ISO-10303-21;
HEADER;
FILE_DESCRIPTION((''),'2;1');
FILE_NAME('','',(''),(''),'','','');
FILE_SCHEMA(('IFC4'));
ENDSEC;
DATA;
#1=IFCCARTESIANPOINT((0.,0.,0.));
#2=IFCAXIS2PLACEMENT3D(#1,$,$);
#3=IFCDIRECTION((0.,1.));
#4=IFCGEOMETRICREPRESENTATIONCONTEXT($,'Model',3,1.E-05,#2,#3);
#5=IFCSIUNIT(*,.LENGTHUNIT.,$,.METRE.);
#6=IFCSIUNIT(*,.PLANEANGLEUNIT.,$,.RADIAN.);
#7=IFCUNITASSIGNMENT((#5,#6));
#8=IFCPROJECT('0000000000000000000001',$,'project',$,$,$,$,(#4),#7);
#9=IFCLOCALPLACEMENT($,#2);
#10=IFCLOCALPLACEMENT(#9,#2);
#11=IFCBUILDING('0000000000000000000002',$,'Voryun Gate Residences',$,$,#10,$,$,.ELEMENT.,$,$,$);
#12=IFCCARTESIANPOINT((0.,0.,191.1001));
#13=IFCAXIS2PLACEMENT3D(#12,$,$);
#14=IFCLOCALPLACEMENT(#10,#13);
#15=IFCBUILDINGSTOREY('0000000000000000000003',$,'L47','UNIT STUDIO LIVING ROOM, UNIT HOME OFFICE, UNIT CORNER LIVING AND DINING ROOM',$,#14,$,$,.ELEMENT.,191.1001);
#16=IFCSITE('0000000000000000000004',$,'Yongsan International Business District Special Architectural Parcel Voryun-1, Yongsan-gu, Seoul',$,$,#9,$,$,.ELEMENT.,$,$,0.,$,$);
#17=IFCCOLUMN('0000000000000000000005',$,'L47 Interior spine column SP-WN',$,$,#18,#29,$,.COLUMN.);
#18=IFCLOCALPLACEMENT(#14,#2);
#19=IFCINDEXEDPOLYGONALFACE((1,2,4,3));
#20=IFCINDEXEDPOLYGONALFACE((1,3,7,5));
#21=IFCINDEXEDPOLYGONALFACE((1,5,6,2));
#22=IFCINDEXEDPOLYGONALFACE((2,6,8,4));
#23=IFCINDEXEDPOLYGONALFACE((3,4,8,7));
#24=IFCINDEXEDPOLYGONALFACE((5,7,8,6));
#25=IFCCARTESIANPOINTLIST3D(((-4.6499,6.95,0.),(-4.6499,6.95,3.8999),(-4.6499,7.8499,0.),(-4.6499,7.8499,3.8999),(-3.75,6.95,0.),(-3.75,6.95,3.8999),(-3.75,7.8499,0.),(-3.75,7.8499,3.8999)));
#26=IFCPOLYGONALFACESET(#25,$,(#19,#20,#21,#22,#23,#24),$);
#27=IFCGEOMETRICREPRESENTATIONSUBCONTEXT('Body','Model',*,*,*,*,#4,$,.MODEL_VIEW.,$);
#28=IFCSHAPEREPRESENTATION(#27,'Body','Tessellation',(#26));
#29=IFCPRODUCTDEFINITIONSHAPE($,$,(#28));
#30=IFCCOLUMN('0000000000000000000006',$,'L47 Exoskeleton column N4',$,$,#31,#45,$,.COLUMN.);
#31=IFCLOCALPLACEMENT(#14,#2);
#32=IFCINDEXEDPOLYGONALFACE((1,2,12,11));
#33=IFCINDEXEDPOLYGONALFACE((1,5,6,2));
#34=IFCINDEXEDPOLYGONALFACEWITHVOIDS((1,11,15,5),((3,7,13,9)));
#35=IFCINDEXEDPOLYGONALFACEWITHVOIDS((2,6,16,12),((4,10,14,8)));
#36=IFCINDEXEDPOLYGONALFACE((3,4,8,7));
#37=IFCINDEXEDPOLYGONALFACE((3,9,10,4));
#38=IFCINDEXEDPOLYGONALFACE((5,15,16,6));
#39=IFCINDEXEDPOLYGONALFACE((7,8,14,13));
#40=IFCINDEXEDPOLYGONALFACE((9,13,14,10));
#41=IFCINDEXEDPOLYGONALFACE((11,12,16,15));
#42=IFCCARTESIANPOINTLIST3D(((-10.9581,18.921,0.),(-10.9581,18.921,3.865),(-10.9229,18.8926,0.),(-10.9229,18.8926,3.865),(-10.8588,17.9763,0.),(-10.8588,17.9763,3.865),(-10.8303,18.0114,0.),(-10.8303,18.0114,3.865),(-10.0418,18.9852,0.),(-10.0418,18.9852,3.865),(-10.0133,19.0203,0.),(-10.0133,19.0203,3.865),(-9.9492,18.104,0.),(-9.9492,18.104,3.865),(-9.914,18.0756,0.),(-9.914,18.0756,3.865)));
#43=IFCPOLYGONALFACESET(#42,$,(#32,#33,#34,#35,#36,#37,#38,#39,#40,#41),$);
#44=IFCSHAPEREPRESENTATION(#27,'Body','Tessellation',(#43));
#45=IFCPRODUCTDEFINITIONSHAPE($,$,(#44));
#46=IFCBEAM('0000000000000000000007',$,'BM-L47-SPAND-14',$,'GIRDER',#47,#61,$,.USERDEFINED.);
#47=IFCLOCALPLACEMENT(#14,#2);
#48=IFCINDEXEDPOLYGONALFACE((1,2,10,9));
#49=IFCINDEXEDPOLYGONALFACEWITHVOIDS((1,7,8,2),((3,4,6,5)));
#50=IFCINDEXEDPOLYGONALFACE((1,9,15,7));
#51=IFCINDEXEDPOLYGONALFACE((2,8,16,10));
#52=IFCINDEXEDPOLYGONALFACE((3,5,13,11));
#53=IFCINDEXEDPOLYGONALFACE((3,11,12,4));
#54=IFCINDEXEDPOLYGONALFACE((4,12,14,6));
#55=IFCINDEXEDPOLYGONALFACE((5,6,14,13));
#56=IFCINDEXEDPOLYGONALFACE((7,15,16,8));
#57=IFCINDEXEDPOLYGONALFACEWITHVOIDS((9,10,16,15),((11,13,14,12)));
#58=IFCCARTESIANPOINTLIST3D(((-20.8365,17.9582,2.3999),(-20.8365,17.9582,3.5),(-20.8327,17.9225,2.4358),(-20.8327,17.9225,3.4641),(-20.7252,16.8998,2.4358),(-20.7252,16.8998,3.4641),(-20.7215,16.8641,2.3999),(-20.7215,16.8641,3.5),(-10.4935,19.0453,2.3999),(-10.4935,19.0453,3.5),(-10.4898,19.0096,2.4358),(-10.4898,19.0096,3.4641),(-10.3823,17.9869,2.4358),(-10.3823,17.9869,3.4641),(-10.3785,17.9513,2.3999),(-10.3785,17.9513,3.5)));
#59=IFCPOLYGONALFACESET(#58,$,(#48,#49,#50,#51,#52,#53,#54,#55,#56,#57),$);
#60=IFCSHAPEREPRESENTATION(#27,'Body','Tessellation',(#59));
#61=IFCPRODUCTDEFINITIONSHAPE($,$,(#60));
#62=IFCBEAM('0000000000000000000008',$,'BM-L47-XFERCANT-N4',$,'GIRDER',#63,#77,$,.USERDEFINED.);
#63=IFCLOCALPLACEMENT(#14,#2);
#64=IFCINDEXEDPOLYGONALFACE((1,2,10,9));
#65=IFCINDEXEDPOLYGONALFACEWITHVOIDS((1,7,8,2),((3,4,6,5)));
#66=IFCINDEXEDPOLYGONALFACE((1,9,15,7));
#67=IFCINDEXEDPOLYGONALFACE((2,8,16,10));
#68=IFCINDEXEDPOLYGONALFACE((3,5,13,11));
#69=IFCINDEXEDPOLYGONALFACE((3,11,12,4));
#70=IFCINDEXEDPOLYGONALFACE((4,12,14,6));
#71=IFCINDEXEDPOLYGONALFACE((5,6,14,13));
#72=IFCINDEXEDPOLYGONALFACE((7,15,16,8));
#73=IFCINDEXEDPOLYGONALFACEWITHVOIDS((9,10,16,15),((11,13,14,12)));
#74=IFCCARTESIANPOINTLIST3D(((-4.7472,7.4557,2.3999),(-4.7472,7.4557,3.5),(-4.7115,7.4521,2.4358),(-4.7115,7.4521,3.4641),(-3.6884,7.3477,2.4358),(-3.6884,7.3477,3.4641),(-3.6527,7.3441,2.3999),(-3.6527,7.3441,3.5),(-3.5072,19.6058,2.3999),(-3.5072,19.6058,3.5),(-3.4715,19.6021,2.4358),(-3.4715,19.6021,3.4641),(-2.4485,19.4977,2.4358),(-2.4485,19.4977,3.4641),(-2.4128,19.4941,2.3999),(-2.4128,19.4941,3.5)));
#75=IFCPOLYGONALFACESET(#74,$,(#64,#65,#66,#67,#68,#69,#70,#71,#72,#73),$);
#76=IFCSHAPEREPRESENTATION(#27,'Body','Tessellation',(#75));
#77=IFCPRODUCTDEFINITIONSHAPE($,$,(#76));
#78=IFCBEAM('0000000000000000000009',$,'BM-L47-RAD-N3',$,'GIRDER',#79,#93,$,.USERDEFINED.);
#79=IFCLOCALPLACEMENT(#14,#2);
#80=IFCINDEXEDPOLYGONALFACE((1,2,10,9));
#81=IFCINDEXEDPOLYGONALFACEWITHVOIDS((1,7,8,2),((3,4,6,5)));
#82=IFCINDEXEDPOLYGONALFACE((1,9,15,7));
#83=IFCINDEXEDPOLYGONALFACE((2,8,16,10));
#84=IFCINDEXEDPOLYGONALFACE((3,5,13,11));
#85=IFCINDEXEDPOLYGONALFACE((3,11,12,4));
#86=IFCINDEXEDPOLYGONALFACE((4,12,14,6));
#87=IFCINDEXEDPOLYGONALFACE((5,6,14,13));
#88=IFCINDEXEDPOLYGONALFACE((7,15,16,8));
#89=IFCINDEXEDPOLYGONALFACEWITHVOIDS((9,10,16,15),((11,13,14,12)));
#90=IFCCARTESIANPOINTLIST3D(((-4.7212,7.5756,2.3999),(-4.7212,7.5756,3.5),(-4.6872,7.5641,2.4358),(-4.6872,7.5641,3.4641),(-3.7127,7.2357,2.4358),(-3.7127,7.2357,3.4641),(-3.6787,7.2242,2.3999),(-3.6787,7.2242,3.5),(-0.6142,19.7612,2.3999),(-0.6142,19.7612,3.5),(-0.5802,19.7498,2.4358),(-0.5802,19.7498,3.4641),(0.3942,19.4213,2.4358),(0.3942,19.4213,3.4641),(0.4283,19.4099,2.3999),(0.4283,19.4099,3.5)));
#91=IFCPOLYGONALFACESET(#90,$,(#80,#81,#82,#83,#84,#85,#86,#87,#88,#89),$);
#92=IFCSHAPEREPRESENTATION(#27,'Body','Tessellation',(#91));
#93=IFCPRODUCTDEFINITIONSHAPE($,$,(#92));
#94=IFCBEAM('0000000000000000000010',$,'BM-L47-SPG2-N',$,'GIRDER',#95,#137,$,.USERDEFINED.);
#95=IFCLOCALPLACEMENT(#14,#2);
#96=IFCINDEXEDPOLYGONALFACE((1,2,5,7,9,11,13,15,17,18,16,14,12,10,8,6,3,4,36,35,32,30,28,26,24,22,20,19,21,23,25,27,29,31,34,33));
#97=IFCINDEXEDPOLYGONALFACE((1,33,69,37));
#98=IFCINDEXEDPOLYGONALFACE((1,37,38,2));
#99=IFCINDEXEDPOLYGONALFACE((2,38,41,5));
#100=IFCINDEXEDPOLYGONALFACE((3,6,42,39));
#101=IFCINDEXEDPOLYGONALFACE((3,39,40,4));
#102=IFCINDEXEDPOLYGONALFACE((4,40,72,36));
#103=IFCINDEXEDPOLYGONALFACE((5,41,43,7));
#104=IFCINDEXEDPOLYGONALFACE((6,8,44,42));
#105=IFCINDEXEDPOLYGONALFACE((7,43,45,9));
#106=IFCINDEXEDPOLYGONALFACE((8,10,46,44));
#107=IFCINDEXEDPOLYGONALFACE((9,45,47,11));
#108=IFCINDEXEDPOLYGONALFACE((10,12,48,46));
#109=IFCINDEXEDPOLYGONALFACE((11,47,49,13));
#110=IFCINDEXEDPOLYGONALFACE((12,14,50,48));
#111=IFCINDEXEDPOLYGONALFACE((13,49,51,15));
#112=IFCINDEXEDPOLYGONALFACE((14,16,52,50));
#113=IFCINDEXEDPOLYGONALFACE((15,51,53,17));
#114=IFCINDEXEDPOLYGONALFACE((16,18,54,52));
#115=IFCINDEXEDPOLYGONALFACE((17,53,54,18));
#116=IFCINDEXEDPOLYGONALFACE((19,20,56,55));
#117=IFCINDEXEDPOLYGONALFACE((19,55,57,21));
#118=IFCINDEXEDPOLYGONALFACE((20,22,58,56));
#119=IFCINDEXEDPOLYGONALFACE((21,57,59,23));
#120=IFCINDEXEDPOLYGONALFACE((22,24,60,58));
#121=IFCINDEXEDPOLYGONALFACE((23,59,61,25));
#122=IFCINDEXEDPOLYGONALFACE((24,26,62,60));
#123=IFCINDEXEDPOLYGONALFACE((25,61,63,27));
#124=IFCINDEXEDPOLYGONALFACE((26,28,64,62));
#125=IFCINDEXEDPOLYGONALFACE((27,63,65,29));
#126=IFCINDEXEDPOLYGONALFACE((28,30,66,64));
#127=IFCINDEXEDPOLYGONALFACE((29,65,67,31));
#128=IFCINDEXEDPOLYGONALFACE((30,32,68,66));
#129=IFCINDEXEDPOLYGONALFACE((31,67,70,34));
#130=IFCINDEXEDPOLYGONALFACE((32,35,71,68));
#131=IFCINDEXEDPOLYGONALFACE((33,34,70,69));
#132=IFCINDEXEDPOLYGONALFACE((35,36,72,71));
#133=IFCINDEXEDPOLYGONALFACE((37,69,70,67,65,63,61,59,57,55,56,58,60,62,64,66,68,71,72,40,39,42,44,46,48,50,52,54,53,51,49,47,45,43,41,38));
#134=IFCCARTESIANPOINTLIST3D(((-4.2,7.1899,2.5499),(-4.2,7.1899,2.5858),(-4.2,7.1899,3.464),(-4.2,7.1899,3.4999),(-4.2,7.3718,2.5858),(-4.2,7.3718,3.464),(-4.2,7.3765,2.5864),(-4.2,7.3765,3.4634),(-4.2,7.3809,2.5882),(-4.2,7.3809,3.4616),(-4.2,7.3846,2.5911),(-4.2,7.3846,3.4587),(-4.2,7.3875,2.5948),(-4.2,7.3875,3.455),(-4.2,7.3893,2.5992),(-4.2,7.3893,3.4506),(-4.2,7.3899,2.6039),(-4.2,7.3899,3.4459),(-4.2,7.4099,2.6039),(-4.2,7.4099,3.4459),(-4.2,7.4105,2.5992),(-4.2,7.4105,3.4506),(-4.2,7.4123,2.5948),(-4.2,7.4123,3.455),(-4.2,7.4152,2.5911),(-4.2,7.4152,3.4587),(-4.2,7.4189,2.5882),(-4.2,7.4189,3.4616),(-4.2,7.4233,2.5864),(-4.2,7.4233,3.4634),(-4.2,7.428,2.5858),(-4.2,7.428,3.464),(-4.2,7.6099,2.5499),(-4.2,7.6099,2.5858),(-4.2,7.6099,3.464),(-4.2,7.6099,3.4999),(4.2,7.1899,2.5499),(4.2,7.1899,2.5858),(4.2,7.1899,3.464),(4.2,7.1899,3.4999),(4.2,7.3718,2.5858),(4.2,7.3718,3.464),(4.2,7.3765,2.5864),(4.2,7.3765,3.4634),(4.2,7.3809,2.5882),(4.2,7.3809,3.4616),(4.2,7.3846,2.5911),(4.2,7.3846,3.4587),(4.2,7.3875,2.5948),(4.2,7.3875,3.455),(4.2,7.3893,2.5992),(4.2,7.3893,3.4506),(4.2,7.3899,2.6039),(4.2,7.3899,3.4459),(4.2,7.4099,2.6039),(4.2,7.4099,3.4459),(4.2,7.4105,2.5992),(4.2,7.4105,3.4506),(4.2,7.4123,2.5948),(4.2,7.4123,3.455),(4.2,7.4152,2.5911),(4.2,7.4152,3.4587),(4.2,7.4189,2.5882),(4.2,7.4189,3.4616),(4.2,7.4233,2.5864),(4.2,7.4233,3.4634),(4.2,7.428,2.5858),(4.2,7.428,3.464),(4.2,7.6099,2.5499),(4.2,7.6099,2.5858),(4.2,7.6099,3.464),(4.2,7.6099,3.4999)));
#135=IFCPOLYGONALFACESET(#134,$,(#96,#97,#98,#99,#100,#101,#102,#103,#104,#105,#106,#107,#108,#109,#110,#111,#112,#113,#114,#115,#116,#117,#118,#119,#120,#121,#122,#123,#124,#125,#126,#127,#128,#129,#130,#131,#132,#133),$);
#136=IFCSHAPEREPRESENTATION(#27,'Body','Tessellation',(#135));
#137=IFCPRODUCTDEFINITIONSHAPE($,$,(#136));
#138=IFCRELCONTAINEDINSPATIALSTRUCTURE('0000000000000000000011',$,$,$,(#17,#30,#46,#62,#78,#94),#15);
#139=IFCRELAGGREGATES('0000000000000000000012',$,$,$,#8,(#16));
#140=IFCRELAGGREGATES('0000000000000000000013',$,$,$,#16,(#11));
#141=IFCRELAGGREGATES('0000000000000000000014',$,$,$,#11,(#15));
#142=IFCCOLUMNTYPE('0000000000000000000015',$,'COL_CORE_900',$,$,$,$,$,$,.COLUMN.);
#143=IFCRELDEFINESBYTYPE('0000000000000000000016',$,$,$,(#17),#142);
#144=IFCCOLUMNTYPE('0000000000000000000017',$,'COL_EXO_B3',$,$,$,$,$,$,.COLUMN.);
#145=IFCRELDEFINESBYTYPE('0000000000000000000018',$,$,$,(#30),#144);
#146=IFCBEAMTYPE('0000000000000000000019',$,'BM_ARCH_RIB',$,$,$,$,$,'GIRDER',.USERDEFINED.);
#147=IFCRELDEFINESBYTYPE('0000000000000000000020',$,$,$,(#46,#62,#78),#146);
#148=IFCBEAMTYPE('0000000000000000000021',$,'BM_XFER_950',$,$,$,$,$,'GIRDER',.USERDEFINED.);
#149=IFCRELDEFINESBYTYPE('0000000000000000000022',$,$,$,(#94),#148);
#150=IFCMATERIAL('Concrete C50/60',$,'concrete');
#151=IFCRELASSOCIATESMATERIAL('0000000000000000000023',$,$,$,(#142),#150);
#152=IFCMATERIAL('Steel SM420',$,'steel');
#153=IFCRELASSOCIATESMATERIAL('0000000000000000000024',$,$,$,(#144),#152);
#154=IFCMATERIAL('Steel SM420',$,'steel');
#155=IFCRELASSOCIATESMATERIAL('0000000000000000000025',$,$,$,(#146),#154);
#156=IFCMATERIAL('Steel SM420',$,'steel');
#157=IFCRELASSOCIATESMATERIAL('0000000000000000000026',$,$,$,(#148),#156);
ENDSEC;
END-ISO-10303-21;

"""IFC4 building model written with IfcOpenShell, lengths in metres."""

from ifc_helpers import new_model, si_unit, direction, frame, origin, origin_2d, place, context, subcontext, project, spatial, rectangle, hollow_rectangle, i_section, extrude, material, material_profile, profile_set, type_object, element, save


model = new_model("IFC4")

# Units and contexts
model_context = context("Model", 3, precision=1e-05, world=origin(), true_north=direction((0.0, 1.0)))
body_context = subcontext(model_context, "Body", "Model", "MODEL_VIEW")
ifc_project = project(units=[si_unit("LENGTHUNIT", "METRE"), si_unit("PLANEANGLEUNIT", "RADIAN")], contexts=[model_context])

# Site, building, storey
site_placement = place(None, origin())
site = spatial("IfcSite", under=ifc_project, at=site_placement, Name="Yongsan International Business District Special Architectural Parcel Voryun-1, Yongsan-gu, Seoul", CompositionType="ELEMENT", RefElevation=0.0)
building_placement = place(site_placement, origin())
building = spatial("IfcBuilding", under=site, at=building_placement, Name="Voryun Gate Residences", CompositionType="ELEMENT")
storey_placement = place(building_placement, frame((0.0, 0.0, 191.1001)))
storey = spatial("IfcBuildingStorey", under=building, at=storey_placement, Name="L47", Description="UNIT STUDIO LIVING ROOM, UNIT HOME OFFICE, UNIT CORNER LIVING AND DINING ROOM", CompositionType="ELEMENT", Elevation=191.1001)

# Columns
ifc_material_1 = material(Name="Concrete C50/60", Category="concrete")
ifc_material_profile_1 = material_profile(ifc_material_1, rectangle(XDim=0.8999, YDim=0.8999, at=origin_2d()), Name="RC-900x900")
ifc_profile_set_1 = profile_set([ifc_material_profile_1], Name="Concrete C50/60")
column_type_1 = type_object("IfcColumnType", Name="COL_CORE_900", PredefinedType="COLUMN", material=ifc_profile_set_1)
column_1_placement = place(storey_placement, frame((-4.2, 7.3999, 0.0), z_axis=(0.0, 0.0, 1.0), x_axis=(1.0, 0.0, 0.0)))
element("IfcColumn", 1, at=column_1_placement, inside=storey, type_object=column_type_1, Name="L47 Interior spine column SP-WN", PredefinedType="COLUMN", context=body_context, shape_type="SweptSolid", body=[
    extrude(rectangle(XDim=0.8999, YDim=0.8999, at=origin_2d()), origin(), (0.0, 0.0, 1.0), 3.8999),
])
ifc_material_2 = material(Name="Steel SM420", Category="steel")
ifc_material_profile_2 = material_profile(ifc_material_2, hollow_rectangle(XDim=0.95, YDim=0.95, WallThickness=0.032, at=origin_2d()), Name="BOX-950x950x32")
ifc_profile_set_2 = profile_set([ifc_material_profile_2], Name="Steel SM420")
column_type_2 = type_object("IfcColumnType", Name="COL_EXO_B3", PredefinedType="COLUMN", material=ifc_profile_set_2)
column_2_placement = place(storey_placement, frame((-10.436, 18.4983, 0.0), z_axis=(0.0, 0.0, 1.0), x_axis=(0.994522, 0.104528, 0.0)))
element("IfcColumn", 2, at=column_2_placement, inside=storey, type_object=column_type_2, Name="L47 Exoskeleton column N4", PredefinedType="COLUMN", context=body_context, shape_type="SweptSolid", body=[
    extrude(hollow_rectangle(XDim=0.95, YDim=0.95, WallThickness=0.032, at=origin_2d()), origin(), (0.0, 0.0, 1.0), 3.865),
])

# Beams
ifc_material_3 = material(Name="Steel SM420", Category="steel")
ifc_material_profile_3 = material_profile(ifc_material_3, hollow_rectangle(XDim=1.1001, YDim=1.1001, WallThickness=0.0359, at=origin_2d()), Name="BOX-1100x1100x36")
ifc_profile_set_3 = profile_set([ifc_material_profile_3], Name="Steel SM420")
beam_type_1 = type_object("IfcBeamType", Name="BM_ARCH_RIB", ElementType="GIRDER", PredefinedType="USERDEFINED", material=ifc_profile_set_3)
beam_1_placement = place(storey_placement, frame((-10.436, 18.4983, 2.95), z_axis=(-0.994521, -0.104534, 0.0), x_axis=(0.104534, -0.994521, 0.0)))
element("IfcBeam", 3, at=beam_1_placement, inside=storey, type_object=beam_type_1, Name="BM-L47-SPAND-14", ObjectType="GIRDER", PredefinedType="USERDEFINED", context=body_context, shape_type="SweptSolid", body=[
    extrude(hollow_rectangle(XDim=1.1001, YDim=1.1001, WallThickness=0.0359, at=origin_2d()), origin(), (0.0, 0.0, 1.0), 10.3999),
])
beam_2_placement = place(storey_placement, frame((-4.2, 7.3999, 2.95), z_axis=(0.101528, 0.994833, 0.0), x_axis=(-0.994833, 0.101528, 0.0)))
element("IfcBeam", 4, at=beam_2_placement, inside=storey, type_object=beam_type_1, Name="BM-L47-XFERCANT-N4", ObjectType="GIRDER", PredefinedType="USERDEFINED", context=body_context, shape_type="SweptSolid", body=[
    extrude(hollow_rectangle(XDim=1.1001, YDim=1.1001, WallThickness=0.0359, at=origin_2d()), origin(), (0.0, 0.0, 1.0), 12.2131),
])
beam_3_placement = place(storey_placement, frame((-4.2, 7.3999, 2.95), z_axis=(0.319381, 0.947626, 0.0), x_axis=(-0.947626, 0.319381, 0.0)))
element("IfcBeam", 5, at=beam_3_placement, inside=storey, type_object=beam_type_1, Name="BM-L47-RAD-N3", ObjectType="GIRDER", PredefinedType="USERDEFINED", context=body_context, shape_type="SweptSolid", body=[
    extrude(hollow_rectangle(XDim=1.1001, YDim=1.1001, WallThickness=0.0359, at=origin_2d()), origin(), (0.0, 0.0, 1.0), 12.8591),
])
ifc_material_4 = material(Name="Steel SM420", Category="steel")
ifc_material_profile_4 = material_profile(ifc_material_4, i_section(OverallWidth=0.4199, OverallDepth=0.95, WebThickness=0.02, FlangeThickness=0.0359, FilletRadius=0.0181, at=origin_2d()), Name="H-950x420x20x36")
ifc_profile_set_4 = profile_set([ifc_material_profile_4], Name="Steel SM420")
beam_type_2 = type_object("IfcBeamType", Name="BM_XFER_950", ElementType="GIRDER", PredefinedType="USERDEFINED", material=ifc_profile_set_4)
beam_4_placement = place(storey_placement, frame((-4.2, 7.3999, 3.0249), z_axis=(1.0, 0.0, 0.0), x_axis=(0.0, 1.0, 0.0)))
element("IfcBeam", 6, at=beam_4_placement, inside=storey, type_object=beam_type_2, Name="BM-L47-SPG2-N", ObjectType="GIRDER", PredefinedType="USERDEFINED", context=body_context, shape_type="SweptSolid", body=[
    extrude(i_section(OverallWidth=0.4199, OverallDepth=0.95, WebThickness=0.02, FlangeThickness=0.0359, FilletRadius=0.0181, at=origin_2d()), origin(), (0.0, 0.0, 1.0), 8.3999),
])

save(model, "model.ifc")
